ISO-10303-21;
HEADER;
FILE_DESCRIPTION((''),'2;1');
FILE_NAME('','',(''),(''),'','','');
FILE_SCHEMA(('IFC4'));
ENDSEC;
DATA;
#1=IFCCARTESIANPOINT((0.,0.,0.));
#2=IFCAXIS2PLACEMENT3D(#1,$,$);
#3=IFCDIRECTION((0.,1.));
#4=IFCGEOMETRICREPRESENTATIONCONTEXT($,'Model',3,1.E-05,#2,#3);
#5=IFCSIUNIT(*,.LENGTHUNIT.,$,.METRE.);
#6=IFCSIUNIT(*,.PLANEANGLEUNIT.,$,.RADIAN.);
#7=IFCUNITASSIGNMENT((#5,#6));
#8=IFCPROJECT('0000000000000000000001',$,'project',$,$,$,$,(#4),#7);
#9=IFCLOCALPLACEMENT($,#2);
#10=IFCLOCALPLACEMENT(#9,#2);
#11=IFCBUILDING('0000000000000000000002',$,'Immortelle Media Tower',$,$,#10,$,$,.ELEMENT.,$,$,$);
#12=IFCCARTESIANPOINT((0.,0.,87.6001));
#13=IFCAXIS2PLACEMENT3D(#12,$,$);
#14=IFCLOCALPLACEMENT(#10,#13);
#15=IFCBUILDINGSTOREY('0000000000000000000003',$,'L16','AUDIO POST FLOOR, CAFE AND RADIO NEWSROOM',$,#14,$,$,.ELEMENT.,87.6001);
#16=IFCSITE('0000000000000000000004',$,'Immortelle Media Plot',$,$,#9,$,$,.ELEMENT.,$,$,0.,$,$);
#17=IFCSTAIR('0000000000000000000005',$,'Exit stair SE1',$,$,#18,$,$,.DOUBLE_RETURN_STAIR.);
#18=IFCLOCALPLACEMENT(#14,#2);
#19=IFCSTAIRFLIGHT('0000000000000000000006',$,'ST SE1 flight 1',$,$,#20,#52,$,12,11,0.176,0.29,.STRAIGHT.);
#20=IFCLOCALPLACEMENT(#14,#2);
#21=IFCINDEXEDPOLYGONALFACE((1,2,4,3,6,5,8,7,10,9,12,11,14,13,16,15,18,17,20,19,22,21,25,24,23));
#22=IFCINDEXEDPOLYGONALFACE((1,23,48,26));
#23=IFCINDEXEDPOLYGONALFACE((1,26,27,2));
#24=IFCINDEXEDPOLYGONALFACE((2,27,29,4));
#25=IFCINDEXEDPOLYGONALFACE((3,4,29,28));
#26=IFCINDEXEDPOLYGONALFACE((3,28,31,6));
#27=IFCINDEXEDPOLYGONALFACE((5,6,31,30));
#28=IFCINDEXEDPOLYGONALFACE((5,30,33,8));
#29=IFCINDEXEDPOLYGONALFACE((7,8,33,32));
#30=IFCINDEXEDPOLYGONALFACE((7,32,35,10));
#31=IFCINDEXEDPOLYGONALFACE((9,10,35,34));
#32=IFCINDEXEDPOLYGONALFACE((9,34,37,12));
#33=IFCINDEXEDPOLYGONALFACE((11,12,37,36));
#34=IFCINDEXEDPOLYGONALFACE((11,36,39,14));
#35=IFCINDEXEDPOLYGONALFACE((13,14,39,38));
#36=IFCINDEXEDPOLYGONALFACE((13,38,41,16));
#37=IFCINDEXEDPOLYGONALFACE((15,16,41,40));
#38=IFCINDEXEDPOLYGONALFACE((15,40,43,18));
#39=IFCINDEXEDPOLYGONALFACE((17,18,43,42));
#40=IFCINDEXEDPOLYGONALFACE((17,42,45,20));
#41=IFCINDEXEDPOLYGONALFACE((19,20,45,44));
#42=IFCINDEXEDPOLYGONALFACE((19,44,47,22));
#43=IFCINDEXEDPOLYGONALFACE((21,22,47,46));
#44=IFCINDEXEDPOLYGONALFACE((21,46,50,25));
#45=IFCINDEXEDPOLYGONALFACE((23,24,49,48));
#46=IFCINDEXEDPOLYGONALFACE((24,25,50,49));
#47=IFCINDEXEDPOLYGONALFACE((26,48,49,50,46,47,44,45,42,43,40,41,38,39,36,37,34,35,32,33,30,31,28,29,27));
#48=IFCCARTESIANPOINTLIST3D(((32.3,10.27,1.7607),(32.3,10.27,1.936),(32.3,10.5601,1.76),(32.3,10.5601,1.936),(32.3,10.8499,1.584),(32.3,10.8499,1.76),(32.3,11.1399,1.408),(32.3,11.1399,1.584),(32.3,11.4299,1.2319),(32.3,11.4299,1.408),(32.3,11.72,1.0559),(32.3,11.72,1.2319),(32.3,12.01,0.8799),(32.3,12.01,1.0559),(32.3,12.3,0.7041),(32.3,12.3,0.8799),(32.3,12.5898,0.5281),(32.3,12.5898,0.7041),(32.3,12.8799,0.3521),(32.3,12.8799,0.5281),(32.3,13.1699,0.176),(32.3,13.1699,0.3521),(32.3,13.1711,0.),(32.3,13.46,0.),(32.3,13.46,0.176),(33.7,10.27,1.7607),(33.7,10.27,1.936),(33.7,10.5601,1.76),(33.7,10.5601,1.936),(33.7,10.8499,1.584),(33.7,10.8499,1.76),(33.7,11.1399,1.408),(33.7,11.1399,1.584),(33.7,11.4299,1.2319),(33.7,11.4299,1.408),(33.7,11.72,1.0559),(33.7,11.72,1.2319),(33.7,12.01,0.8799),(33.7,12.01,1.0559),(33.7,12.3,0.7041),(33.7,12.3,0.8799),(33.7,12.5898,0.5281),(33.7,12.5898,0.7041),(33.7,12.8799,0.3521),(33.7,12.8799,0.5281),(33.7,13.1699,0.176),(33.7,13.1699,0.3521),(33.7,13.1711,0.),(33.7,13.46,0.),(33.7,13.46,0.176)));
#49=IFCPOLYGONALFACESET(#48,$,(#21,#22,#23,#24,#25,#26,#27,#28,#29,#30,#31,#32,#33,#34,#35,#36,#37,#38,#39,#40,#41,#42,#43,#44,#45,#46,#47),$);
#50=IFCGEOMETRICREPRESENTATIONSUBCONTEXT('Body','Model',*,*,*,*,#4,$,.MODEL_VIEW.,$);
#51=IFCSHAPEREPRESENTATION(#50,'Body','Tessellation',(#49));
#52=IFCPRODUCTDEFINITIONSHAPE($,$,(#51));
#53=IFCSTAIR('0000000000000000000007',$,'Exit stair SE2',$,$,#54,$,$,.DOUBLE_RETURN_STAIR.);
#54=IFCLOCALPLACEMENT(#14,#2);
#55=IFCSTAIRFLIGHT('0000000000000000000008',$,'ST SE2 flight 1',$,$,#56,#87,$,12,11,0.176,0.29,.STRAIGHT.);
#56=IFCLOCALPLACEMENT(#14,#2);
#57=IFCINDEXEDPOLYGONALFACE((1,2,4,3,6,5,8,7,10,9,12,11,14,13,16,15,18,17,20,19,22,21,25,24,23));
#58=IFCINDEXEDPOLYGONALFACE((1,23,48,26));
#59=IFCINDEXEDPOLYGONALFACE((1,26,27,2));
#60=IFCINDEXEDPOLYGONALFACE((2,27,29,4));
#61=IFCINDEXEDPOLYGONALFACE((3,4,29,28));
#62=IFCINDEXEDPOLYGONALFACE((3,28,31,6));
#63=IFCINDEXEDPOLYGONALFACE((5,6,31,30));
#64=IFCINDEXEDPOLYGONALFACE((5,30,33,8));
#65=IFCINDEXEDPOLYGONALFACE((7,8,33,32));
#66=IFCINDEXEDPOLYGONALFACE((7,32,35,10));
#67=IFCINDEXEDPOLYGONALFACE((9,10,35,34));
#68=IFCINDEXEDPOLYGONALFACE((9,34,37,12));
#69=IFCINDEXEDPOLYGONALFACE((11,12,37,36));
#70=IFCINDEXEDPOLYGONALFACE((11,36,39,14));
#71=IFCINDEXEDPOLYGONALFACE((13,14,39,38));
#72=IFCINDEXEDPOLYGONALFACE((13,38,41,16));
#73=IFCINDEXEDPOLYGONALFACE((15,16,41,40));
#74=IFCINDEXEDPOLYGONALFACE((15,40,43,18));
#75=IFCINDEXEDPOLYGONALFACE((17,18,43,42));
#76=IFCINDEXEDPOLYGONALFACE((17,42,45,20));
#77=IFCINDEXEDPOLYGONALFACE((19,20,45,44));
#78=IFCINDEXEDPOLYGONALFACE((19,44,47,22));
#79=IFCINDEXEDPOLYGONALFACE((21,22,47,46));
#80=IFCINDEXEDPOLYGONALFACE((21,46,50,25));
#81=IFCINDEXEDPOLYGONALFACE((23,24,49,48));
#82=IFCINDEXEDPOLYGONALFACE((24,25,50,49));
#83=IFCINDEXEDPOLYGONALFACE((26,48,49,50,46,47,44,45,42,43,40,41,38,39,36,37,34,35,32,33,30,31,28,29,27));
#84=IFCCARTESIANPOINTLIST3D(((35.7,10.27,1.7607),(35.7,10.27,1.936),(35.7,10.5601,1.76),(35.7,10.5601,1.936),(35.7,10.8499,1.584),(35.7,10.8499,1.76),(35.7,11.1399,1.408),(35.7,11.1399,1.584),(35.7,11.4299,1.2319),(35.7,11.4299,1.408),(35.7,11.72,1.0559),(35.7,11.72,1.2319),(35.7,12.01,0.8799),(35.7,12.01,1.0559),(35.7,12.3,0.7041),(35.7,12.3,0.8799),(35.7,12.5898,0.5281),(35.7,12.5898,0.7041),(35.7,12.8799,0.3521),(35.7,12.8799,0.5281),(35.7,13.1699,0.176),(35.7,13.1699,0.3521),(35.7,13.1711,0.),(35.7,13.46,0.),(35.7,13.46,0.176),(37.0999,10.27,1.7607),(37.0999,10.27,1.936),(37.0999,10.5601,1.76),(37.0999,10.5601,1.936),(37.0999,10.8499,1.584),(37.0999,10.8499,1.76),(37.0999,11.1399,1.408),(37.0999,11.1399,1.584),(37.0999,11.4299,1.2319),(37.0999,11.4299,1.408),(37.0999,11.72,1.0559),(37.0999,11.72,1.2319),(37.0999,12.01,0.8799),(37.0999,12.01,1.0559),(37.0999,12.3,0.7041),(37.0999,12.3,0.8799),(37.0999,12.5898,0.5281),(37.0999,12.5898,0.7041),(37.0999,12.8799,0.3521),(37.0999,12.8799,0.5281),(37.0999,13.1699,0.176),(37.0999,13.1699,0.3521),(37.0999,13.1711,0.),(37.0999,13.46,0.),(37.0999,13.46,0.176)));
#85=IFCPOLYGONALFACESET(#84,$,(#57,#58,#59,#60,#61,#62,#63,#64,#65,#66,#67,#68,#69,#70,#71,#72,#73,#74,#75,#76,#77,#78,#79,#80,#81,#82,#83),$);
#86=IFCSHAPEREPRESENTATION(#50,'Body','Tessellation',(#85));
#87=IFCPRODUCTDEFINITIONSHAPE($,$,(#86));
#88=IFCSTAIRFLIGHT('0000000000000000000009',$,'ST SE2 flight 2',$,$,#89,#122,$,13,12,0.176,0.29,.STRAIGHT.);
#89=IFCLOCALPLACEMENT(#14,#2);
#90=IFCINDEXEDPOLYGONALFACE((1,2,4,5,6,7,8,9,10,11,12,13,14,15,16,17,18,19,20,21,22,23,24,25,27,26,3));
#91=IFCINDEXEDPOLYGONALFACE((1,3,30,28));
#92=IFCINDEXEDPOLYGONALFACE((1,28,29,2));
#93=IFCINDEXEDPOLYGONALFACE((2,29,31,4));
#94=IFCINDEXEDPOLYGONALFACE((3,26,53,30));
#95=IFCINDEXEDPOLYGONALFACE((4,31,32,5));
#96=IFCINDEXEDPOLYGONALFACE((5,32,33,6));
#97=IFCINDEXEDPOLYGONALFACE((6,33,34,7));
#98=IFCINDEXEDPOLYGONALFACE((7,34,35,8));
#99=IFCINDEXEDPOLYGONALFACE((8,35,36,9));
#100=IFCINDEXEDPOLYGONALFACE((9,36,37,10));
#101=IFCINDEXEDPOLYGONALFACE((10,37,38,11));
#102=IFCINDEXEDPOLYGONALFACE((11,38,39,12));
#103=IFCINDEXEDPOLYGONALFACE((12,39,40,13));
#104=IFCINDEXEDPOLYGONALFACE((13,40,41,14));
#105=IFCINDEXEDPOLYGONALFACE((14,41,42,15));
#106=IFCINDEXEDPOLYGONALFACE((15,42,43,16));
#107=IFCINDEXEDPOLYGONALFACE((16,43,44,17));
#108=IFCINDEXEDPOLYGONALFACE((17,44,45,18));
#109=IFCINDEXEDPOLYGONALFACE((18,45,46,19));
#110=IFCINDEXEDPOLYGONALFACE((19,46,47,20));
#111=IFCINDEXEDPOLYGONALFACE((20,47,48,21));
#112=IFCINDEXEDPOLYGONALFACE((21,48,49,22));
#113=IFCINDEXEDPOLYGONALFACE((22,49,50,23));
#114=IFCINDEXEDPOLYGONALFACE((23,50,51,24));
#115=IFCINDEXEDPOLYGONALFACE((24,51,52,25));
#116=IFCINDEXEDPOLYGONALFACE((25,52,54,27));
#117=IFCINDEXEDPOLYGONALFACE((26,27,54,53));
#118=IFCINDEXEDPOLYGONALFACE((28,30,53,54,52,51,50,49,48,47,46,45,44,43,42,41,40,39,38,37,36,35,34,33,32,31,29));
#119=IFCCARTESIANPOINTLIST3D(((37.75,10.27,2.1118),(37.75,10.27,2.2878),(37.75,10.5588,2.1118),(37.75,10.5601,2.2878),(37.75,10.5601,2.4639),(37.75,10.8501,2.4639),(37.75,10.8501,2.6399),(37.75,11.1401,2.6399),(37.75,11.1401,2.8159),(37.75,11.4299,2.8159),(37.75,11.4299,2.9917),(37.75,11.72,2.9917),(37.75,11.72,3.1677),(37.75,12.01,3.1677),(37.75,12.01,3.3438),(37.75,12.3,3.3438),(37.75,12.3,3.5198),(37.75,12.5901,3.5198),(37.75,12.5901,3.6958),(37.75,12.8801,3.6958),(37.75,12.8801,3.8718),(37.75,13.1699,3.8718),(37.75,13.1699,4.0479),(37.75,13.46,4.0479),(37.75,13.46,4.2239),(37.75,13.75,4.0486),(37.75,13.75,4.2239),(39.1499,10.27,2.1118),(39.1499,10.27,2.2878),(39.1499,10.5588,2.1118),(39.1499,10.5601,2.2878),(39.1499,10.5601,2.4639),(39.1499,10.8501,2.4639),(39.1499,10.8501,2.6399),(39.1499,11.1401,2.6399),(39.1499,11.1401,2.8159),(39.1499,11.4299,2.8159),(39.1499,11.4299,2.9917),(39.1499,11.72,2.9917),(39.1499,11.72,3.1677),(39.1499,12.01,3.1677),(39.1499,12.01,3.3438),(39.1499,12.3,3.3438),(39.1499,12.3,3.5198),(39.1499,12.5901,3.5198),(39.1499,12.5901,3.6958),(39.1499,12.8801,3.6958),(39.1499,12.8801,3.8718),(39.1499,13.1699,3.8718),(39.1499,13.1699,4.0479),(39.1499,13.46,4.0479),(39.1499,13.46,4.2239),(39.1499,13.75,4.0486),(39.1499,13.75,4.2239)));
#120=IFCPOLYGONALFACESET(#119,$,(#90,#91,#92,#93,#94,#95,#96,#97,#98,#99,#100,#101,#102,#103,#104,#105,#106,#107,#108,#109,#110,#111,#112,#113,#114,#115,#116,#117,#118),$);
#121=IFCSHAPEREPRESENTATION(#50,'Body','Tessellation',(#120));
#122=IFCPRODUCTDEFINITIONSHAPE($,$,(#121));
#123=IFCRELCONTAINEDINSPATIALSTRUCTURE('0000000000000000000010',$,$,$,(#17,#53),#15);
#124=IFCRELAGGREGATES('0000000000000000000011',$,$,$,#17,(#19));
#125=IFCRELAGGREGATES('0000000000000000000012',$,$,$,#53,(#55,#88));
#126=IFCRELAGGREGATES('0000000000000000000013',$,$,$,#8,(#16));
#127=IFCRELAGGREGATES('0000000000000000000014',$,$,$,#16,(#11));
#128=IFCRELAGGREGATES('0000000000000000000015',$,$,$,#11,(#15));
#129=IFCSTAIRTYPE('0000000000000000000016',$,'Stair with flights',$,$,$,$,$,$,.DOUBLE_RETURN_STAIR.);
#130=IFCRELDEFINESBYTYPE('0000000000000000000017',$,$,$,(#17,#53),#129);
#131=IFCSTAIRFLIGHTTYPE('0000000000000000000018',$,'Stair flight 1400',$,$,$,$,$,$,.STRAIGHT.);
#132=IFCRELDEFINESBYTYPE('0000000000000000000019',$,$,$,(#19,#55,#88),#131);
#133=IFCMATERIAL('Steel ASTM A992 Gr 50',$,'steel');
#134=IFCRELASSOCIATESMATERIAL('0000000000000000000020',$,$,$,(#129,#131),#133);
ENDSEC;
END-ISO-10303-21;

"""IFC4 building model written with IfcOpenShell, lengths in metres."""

from ifc_helpers import new_model, si_unit, direction, frame, origin, place, context, subcontext, project, spatial, polyline, outline, extrude, material, type_object, element, aggregate, save


model = new_model("IFC4")

# Units and contexts
model_context = context("Model", 3, precision=1e-05, world=origin(), true_north=direction((0.0, 1.0)))
body_context = subcontext(model_context, "Body", "Model", "MODEL_VIEW")
ifc_project = project(units=[si_unit("LENGTHUNIT", "METRE"), si_unit("PLANEANGLEUNIT", "RADIAN")], contexts=[model_context])

# Site, building, storey
site_placement = place(None, origin())
site = spatial("IfcSite", under=ifc_project, at=site_placement, Name="Immortelle Media Plot", CompositionType="ELEMENT", RefElevation=0.0)
building_placement = place(site_placement, origin())
building = spatial("IfcBuilding", under=site, at=building_placement, Name="Immortelle Media Tower", CompositionType="ELEMENT")
storey_placement = place(building_placement, frame((0.0, 0.0, 87.6001)))
storey = spatial("IfcBuildingStorey", under=building, at=storey_placement, Name="L16", Description="AUDIO POST FLOOR, CAFE AND RADIO NEWSROOM", CompositionType="ELEMENT", Elevation=87.6001)

# Shared definitions
ifc_material_1 = material(Name="Steel ASTM A992 Gr 50", Category="steel")

# Stair, stair flight
stair_type = type_object("IfcStairType", Name="Stair with flights", PredefinedType="DOUBLE_RETURN_STAIR", material=ifc_material_1)
stair_1_placement = place(storey_placement, origin())
stair_1 = element("IfcStair", 1, at=stair_1_placement, inside=storey, type_object=stair_type, Name="Exit stair SE1", PredefinedType="DOUBLE_RETURN_STAIR")
stair_flight_type = type_object("IfcStairFlightType", Name="Stair flight 1400", PredefinedType="STRAIGHT", material=ifc_material_1)
stair_flight_1_placement = place(storey_placement, frame((33.0, 13.46, 0.0), z_axis=(0.0, 0.0, 1.0), x_axis=(0.0, -1.0, 0.0)))
stair_flight_1 = element("IfcStairFlight", 2, at=stair_flight_1_placement, type_object=stair_flight_type, Name="ST SE1 flight 1", NumberOfRisers=12, NumberOfTreads=11, PredefinedType="STRAIGHT", RiserHeight=0.176, TreadLength=0.29, context=body_context, shape_type="SweptSolid", body=[
    extrude(outline(polyline([(0.0, 0.0), (0.0, 0.176), (0.29, 0.176), (0.29, 0.3521), (0.5801, 0.3521), (0.5801, 0.5281), (0.8701, 0.5281), (0.8701, 0.7041), (1.1599, 0.7041), (1.1599, 0.8799), (1.45, 0.8799), (1.45, 1.0559), (1.74, 1.0559), (1.74, 1.2319), (2.03, 1.2319), (2.03, 1.408), (2.3201, 1.408), (2.3201, 1.584), (2.6101, 1.584), (2.6101, 1.76), (2.8999, 1.76), (2.8999, 1.936), (3.1899, 1.936), (3.1899, 2.1121), (3.1899, 1.7607), (0.2888, 0.0), (0.0, 0.0)])), frame((0.0, 0.7, 0.0), z_axis=(0.0, -1.0, 0.0), x_axis=(1.0, 0.0, 0.0)), (0.0, 0.0, 1.0), 1.3999),
])
aggregate(stair_1, [stair_flight_1])

# Stair, stair flights
stair_2_placement = place(storey_placement, origin())
stair_2 = element("IfcStair", 3, at=stair_2_placement, inside=storey, type_object=stair_type, Name="Exit stair SE2", PredefinedType="DOUBLE_RETURN_STAIR")
stair_flight_2_placement = place(storey_placement, frame((36.3999, 13.46, 0.0), z_axis=(0.0, 0.0, 1.0), x_axis=(0.0, -1.0, 0.0)))
stair_flight_2 = element("IfcStairFlight", 4, at=stair_flight_2_placement, type_object=stair_flight_type, Name="ST SE2 flight 1", NumberOfRisers=12, NumberOfTreads=11, PredefinedType="STRAIGHT", RiserHeight=0.176, TreadLength=0.29, context=body_context, shape_type="SweptSolid", body=[
    extrude(outline(polyline([(0.0, 0.0), (0.0, 0.176), (0.29, 0.176), (0.29, 0.3521), (0.5801, 0.3521), (0.5801, 0.5281), (0.8701, 0.5281), (0.8701, 0.7041), (1.1599, 0.7041), (1.1599, 0.8799), (1.45, 0.8799), (1.45, 1.0559), (1.74, 1.0559), (1.74, 1.2319), (2.03, 1.2319), (2.03, 1.408), (2.3201, 1.408), (2.3201, 1.584), (2.6101, 1.584), (2.6101, 1.76), (2.8999, 1.76), (2.8999, 1.936), (3.1899, 1.936), (3.1899, 2.1121), (3.1899, 1.7607), (0.2888, 0.0), (0.0, 0.0)])), frame((0.0, 0.7, 0.0), z_axis=(0.0, -1.0, 0.0), x_axis=(1.0, 0.0, 0.0)), (0.0, 0.0, 1.0), 1.3999),
])
stair_flight_3_placement = place(storey_placement, frame((38.45, 10.27, 2.1118), z_axis=(0.0, 0.0, 1.0), x_axis=(0.0, 1.0, 0.0)))
stair_flight_3 = element("IfcStairFlight", 5, at=stair_flight_3_placement, type_object=stair_flight_type, Name="ST SE2 flight 2", NumberOfRisers=13, NumberOfTreads=12, PredefinedType="STRAIGHT", RiserHeight=0.176, TreadLength=0.29, context=body_context, shape_type="SweptSolid", body=[
    extrude(outline(polyline([(0.0, 0.0), (0.0, 0.176), (0.29, 0.176), (0.29, 0.3521), (0.5801, 0.3521), (0.5801, 0.5281), (0.8701, 0.5281), (0.8701, 0.7041), (1.1599, 0.7041), (1.1599, 0.8799), (1.45, 0.8799), (1.45, 1.0559), (1.74, 1.0559), (1.74, 1.2319), (2.03, 1.2319), (2.03, 1.408), (2.3201, 1.408), (2.3201, 1.584), (2.6101, 1.584), (2.6101, 1.76), (2.8999, 1.76), (2.8999, 1.936), (3.1899, 1.936), (3.1899, 2.1121), (3.48, 2.1121), (3.48, 2.2881), (3.48, 1.9368), (0.2888, 0.0), (0.0, 0.0)])), frame((0.0, 0.7, 0.0), z_axis=(0.0, -1.0, 0.0), x_axis=(1.0, 0.0, 0.0)), (0.0, 0.0, 1.0), 1.3999),
])
aggregate(stair_2, [stair_flight_2, stair_flight_3])

save(model, "model.ifc")
